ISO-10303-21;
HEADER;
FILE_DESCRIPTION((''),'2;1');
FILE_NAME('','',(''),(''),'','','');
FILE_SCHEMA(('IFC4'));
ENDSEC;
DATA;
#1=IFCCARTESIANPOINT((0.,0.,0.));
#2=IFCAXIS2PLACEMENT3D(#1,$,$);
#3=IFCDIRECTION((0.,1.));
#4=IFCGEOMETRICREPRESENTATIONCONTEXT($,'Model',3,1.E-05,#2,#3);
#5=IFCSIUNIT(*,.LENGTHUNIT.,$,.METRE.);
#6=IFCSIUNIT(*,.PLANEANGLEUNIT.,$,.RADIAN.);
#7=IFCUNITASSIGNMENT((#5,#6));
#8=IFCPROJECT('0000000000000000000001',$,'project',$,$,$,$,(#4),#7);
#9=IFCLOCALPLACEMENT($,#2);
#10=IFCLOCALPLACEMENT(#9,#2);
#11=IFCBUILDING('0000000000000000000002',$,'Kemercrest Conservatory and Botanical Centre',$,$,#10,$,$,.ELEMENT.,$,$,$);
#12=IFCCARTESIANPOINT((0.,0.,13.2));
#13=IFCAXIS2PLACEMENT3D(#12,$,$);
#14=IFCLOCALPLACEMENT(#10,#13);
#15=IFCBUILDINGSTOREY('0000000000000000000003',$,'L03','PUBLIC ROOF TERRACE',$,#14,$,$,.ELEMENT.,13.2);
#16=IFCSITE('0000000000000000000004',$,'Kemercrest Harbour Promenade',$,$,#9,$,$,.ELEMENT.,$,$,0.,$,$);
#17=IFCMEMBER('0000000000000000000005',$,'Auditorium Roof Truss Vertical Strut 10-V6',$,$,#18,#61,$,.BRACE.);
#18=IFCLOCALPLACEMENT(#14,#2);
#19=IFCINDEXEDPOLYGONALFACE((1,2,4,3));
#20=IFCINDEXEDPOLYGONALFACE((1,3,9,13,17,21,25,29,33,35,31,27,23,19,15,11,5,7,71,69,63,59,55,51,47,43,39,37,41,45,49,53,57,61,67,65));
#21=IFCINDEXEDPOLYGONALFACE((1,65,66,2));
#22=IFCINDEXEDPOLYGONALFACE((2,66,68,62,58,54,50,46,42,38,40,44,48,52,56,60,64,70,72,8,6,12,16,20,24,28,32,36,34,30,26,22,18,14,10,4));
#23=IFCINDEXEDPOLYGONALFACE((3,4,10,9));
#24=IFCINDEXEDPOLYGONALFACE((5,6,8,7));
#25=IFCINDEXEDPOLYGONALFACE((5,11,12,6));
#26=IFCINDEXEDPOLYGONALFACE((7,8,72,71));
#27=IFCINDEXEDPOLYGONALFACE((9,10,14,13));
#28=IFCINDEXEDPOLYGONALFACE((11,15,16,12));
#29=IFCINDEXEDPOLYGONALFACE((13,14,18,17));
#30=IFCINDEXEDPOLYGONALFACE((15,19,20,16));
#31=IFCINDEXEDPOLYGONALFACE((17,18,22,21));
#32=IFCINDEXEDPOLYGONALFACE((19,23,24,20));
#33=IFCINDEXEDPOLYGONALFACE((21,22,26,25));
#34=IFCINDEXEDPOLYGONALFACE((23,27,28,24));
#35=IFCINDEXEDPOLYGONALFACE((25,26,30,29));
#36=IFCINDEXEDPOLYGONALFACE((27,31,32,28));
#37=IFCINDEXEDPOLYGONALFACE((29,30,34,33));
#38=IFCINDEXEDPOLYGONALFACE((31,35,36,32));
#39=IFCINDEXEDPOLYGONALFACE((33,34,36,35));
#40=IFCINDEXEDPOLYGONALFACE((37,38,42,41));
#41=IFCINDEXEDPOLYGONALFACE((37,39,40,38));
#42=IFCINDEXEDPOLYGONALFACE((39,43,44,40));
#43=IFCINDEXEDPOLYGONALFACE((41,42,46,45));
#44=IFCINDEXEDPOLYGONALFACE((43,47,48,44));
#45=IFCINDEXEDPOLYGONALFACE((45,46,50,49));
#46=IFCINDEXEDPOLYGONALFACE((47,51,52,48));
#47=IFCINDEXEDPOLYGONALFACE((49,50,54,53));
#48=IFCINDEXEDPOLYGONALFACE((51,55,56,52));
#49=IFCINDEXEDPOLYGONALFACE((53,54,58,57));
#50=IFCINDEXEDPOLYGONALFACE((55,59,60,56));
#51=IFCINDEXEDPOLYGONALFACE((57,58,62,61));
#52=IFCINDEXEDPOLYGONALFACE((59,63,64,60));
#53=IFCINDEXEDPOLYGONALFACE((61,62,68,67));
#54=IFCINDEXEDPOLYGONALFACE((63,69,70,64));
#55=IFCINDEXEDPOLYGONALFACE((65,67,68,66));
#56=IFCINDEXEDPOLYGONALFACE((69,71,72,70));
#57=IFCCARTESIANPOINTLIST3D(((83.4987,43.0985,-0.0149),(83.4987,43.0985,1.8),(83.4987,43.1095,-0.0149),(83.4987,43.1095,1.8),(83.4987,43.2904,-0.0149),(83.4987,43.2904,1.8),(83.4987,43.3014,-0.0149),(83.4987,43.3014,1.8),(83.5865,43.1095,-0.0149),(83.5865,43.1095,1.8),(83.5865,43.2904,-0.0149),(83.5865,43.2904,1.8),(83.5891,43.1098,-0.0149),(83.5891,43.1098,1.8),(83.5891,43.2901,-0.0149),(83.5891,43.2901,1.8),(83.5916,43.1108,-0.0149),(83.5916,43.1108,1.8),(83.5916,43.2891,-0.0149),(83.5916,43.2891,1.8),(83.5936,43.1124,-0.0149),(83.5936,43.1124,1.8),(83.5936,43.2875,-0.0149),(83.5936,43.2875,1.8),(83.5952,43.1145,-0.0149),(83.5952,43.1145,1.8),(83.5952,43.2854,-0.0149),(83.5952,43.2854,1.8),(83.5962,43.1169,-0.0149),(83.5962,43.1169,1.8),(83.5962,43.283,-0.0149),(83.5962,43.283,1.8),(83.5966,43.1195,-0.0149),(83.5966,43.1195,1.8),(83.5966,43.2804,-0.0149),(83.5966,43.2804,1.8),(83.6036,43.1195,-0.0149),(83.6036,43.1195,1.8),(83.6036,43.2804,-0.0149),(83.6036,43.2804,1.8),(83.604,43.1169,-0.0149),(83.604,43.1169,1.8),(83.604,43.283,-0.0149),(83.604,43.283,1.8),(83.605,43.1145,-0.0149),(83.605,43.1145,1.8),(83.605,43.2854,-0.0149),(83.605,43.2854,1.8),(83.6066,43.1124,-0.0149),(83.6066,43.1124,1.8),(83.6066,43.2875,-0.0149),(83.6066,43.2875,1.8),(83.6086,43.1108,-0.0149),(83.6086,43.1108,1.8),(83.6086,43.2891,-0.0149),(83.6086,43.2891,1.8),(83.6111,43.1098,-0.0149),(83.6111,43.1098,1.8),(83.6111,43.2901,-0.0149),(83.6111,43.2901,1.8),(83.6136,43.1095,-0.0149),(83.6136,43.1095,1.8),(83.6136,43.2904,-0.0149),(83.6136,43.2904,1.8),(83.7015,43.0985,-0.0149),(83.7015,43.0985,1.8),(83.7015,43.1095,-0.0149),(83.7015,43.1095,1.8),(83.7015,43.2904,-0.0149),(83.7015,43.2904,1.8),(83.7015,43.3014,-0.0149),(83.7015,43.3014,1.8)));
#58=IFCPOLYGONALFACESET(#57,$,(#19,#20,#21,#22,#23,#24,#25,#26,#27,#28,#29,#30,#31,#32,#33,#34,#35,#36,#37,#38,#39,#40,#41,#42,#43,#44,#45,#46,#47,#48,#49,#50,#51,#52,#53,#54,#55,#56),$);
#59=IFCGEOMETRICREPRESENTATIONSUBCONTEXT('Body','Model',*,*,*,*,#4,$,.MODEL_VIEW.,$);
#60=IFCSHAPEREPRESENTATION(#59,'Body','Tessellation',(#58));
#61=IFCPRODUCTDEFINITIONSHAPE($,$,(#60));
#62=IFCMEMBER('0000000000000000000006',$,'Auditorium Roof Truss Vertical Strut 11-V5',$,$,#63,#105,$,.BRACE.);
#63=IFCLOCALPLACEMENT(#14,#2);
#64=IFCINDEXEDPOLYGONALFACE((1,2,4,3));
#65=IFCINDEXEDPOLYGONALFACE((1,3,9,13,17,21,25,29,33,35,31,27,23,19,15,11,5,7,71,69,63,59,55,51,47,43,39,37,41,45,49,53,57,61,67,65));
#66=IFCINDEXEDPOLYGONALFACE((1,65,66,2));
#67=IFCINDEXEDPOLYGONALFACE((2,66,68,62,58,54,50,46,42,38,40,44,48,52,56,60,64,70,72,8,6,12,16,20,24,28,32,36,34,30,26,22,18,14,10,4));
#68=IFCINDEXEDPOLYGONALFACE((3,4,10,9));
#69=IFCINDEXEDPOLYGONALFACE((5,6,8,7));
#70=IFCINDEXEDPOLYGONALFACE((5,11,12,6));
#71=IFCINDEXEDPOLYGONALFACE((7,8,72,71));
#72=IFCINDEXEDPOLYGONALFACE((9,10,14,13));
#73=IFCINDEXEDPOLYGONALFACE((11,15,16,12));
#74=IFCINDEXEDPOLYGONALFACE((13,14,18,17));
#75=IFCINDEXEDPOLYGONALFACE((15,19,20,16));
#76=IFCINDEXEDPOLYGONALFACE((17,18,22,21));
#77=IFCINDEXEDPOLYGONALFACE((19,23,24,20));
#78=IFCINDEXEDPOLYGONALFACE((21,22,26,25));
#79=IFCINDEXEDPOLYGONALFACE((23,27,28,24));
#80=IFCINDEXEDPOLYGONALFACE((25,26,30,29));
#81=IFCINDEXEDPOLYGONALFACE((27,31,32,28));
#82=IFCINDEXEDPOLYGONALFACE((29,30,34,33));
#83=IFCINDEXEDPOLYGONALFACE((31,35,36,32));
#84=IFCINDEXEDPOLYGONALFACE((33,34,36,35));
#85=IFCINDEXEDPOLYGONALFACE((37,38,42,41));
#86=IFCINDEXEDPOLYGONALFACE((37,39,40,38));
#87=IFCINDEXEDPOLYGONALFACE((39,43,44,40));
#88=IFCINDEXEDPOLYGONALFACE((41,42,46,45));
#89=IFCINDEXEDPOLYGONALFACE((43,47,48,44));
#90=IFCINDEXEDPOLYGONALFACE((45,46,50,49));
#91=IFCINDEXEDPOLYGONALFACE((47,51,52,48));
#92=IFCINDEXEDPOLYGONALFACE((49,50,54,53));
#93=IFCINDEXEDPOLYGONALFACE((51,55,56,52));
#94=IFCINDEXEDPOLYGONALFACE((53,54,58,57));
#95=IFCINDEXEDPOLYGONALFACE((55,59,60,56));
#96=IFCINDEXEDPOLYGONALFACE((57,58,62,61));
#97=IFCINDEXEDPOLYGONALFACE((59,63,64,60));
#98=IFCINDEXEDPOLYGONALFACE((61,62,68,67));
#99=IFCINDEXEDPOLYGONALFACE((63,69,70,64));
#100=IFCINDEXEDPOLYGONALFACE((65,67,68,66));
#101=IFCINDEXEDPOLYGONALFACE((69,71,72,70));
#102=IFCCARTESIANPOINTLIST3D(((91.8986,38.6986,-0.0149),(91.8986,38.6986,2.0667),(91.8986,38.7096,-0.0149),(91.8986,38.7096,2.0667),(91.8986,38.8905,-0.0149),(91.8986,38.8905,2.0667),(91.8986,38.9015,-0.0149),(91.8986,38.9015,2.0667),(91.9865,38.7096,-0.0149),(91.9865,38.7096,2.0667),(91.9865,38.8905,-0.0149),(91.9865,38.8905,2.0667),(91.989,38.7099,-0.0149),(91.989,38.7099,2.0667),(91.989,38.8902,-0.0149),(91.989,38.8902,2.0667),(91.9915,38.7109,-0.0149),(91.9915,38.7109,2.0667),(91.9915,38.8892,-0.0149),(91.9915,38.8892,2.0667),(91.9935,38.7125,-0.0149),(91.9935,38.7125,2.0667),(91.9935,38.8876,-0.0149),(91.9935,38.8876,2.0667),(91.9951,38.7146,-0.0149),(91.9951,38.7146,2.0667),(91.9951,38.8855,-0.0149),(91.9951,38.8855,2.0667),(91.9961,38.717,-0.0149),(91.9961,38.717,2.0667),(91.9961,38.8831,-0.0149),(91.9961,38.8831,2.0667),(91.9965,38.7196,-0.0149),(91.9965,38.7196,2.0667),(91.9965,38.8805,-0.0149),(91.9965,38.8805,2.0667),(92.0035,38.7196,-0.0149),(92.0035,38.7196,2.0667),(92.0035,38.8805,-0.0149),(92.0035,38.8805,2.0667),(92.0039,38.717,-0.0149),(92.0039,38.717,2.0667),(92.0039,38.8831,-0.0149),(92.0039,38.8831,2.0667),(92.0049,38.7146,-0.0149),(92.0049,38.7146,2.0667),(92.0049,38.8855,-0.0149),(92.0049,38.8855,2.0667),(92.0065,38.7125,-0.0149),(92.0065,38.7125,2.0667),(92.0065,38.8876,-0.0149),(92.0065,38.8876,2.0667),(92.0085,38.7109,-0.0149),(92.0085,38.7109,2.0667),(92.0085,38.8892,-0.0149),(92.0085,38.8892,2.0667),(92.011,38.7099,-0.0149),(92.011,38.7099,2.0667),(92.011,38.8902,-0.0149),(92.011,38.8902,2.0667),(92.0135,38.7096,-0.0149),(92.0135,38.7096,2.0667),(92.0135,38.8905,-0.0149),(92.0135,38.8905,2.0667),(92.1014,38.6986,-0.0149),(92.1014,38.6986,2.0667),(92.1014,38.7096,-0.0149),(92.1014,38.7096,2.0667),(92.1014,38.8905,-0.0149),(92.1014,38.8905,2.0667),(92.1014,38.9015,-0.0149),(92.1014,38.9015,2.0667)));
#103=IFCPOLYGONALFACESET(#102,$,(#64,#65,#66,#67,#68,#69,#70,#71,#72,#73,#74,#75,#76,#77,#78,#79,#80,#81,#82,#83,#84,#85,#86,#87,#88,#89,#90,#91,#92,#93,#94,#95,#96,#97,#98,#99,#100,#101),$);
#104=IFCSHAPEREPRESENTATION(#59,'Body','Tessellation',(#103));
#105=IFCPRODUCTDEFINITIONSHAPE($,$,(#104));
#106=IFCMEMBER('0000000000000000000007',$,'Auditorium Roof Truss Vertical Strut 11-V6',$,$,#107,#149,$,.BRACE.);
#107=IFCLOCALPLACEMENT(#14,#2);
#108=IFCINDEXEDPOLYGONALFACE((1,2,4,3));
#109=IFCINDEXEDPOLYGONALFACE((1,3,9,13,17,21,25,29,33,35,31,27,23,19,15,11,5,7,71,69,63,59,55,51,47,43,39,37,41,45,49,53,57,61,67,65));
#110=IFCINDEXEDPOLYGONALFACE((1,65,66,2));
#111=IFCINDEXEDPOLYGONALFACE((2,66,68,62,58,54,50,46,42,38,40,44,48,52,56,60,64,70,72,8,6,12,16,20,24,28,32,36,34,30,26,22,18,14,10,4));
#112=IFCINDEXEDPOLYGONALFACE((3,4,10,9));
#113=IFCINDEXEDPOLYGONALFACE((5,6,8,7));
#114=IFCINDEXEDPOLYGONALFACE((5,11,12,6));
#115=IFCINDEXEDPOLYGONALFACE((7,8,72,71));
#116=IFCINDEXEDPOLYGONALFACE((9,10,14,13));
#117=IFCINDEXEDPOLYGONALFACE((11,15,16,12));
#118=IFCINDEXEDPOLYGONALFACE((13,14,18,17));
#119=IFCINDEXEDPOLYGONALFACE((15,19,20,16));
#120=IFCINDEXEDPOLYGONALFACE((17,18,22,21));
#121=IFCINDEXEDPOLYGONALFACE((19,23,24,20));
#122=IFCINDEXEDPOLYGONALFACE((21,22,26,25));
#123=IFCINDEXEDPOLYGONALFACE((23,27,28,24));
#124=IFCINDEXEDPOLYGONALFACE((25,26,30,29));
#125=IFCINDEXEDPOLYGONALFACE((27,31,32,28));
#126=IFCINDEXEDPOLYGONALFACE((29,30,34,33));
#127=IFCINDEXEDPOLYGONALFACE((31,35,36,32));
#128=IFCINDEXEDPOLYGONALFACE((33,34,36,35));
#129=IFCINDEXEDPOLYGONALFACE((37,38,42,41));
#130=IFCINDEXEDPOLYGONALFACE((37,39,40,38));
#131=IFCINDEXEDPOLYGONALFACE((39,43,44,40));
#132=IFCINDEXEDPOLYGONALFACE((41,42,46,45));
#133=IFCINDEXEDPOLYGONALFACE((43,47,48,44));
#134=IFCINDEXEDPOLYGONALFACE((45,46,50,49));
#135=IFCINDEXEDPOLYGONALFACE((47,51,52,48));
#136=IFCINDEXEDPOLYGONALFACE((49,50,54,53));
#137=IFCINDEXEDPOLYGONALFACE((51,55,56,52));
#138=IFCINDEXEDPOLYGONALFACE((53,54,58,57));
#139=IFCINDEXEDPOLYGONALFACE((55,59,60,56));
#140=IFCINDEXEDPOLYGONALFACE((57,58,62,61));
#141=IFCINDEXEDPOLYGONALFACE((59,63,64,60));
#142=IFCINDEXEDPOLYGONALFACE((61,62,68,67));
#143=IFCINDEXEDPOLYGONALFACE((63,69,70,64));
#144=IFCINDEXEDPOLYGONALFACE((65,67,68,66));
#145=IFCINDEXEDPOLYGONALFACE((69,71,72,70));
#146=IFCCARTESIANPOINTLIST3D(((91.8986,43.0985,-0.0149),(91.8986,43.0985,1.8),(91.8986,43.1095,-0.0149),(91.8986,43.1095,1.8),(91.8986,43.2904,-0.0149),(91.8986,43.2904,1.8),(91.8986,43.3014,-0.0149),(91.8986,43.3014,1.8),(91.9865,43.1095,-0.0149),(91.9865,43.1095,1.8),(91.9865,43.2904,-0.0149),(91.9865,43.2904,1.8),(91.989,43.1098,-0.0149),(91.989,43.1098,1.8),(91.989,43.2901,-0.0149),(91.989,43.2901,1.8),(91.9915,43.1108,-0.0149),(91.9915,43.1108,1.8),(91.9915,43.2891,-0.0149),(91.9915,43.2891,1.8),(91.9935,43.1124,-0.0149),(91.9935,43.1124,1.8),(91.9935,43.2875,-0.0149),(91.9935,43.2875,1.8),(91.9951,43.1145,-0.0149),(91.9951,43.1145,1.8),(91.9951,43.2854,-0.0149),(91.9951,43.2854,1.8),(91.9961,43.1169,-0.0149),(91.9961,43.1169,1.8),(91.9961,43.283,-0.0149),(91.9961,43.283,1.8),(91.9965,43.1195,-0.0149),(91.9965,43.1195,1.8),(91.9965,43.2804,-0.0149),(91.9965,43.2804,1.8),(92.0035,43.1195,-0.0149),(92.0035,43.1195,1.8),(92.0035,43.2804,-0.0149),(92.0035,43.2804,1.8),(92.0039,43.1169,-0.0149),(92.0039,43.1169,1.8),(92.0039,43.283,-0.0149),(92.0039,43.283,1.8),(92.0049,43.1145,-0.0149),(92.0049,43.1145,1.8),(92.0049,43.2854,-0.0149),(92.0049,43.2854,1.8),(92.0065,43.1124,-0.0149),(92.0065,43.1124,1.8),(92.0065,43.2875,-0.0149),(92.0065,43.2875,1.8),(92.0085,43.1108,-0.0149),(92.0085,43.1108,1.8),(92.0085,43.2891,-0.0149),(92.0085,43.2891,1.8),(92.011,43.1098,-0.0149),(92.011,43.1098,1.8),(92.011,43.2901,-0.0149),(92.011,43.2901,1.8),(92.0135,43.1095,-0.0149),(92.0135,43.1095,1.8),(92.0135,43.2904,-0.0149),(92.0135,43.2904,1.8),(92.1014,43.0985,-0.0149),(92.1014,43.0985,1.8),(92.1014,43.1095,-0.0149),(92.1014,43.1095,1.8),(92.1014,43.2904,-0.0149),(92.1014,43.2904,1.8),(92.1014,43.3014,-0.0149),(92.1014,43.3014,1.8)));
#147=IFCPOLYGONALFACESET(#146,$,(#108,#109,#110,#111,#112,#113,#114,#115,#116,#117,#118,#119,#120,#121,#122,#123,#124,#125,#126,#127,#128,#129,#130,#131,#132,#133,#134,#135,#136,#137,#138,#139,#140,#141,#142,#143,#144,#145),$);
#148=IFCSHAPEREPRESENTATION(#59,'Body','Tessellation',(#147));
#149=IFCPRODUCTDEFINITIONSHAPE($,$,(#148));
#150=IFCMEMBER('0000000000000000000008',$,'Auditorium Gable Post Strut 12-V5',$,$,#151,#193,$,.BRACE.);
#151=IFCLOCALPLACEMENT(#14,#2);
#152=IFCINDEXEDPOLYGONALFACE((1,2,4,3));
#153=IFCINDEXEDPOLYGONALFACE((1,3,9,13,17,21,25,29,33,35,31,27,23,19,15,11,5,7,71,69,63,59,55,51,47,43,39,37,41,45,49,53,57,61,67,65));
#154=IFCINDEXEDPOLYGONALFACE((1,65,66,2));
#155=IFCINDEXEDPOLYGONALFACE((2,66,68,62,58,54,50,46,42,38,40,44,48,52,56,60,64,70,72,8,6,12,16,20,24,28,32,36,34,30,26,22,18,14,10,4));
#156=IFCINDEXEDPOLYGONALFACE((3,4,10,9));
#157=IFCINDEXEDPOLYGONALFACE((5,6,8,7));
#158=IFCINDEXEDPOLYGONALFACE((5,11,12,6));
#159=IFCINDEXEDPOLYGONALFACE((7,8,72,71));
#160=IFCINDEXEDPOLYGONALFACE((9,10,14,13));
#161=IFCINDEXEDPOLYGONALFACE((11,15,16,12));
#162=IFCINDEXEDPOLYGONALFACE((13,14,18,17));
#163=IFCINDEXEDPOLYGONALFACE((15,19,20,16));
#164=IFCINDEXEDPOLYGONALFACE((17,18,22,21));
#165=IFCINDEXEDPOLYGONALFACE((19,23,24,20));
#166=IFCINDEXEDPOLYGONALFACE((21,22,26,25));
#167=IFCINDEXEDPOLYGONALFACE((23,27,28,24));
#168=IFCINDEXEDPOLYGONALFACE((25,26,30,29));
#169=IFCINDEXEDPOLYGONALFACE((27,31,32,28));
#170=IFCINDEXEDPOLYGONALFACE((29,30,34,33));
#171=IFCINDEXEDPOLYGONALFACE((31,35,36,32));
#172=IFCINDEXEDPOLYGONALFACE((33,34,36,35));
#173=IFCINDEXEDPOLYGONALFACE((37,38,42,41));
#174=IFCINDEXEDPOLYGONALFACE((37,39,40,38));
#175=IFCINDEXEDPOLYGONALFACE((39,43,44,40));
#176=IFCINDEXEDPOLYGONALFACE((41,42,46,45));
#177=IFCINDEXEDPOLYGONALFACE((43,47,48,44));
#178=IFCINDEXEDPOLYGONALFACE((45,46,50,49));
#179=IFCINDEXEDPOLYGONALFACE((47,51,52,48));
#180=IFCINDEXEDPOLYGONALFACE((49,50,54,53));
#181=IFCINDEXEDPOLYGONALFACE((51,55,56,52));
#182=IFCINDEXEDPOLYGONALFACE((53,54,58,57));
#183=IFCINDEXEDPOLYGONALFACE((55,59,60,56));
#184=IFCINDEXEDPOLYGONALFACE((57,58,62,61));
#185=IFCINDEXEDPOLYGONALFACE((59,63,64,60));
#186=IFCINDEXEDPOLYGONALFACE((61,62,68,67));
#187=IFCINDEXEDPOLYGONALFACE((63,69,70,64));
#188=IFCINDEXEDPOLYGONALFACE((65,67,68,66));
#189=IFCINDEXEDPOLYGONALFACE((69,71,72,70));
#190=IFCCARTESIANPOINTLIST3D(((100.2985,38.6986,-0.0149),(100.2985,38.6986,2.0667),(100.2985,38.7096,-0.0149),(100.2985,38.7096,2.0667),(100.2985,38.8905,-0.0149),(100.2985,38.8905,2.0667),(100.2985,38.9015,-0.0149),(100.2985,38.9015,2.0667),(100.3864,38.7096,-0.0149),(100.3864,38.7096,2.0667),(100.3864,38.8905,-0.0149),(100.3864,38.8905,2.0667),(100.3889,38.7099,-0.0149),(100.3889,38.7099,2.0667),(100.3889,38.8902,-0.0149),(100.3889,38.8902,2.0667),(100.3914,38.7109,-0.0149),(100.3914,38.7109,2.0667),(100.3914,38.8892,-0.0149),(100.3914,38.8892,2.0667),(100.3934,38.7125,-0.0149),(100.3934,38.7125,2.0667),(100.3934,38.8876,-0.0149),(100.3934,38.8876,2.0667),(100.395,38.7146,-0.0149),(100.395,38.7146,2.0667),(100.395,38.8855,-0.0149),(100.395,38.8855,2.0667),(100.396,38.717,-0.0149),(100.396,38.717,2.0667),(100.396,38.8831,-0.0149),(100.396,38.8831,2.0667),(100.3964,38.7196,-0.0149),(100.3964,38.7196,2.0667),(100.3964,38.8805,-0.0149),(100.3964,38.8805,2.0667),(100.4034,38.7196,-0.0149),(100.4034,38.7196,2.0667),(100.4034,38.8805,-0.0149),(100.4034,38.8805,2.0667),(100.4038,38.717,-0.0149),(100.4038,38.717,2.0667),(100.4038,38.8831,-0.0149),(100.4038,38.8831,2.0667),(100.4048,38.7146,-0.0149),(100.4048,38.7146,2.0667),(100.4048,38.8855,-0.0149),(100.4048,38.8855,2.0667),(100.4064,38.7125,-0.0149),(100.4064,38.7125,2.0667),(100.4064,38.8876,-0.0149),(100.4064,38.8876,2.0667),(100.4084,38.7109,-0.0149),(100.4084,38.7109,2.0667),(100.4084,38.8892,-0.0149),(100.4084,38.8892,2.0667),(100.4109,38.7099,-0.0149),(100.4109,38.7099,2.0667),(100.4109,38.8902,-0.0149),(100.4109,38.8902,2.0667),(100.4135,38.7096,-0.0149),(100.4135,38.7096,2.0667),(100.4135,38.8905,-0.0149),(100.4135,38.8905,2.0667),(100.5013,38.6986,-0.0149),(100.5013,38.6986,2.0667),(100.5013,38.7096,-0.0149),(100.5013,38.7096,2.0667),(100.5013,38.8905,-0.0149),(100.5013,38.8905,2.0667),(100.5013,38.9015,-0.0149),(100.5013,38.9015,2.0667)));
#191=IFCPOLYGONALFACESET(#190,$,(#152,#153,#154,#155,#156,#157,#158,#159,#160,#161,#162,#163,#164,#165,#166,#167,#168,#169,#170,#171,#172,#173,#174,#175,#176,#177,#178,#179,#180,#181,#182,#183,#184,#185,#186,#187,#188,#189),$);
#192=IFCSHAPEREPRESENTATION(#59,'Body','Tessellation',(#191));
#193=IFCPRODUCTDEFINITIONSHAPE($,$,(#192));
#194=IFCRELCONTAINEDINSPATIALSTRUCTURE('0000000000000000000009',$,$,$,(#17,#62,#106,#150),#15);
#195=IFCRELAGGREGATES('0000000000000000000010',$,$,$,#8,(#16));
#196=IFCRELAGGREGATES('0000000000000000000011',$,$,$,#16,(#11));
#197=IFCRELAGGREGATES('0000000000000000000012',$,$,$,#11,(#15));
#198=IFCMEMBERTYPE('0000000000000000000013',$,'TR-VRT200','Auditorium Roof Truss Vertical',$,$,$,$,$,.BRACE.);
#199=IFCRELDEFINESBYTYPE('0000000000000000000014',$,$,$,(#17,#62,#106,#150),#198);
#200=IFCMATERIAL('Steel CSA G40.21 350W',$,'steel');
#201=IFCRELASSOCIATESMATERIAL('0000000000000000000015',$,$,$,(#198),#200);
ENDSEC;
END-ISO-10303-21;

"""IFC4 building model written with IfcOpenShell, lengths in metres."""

from ifc_helpers import new_model, si_unit, direction, frame, origin, origin_2d, place, context, subcontext, project, spatial, i_section, extrude, material, material_profile, profile_set, type_object, element, save


model = new_model("IFC4")

# Units and contexts
model_context = context("Model", 3, precision=1e-05, world=origin(), true_north=direction((0.0, 1.0)))
body_context = subcontext(model_context, "Body", "Model", "MODEL_VIEW")
ifc_project = project(units=[si_unit("LENGTHUNIT", "METRE"), si_unit("PLANEANGLEUNIT", "RADIAN")], contexts=[model_context])

# Site, building, storey
site_placement = place(None, origin())
site = spatial("IfcSite", under=ifc_project, at=site_placement, Name="Kemercrest Harbour Promenade", CompositionType="ELEMENT", RefElevation=0.0)
building_placement = place(site_placement, origin())
building = spatial("IfcBuilding", under=site, at=building_placement, Name="Kemercrest Conservatory and Botanical Centre", CompositionType="ELEMENT")
storey_placement = place(building_placement, frame((0.0, 0.0, 13.2)))
storey = spatial("IfcBuildingStorey", under=building, at=storey_placement, Name="L03", Description="PUBLIC ROOF TERRACE", CompositionType="ELEMENT", Elevation=13.2)

# Shared definitions
ifc_material_1 = material(Name="Steel CSA G40.21 350W", Category="steel")

# Members
ifc_material_profile_1 = material_profile(ifc_material_1, i_section(OverallWidth=0.2029, OverallDepth=0.2029, WebThickness=0.0071, FlangeThickness=0.011, FilletRadius=0.01, at=origin_2d()), Name="W200X46")
ifc_profile_set_1 = profile_set([ifc_material_profile_1], Name="Steel CSA G40.21 350W")
member_type_1 = type_object("IfcMemberType", Name="TR-VRT200", Description="Auditorium Roof Truss Vertical", PredefinedType="BRACE", material=ifc_profile_set_1)
member_1_placement = place(storey_placement, frame((83.6001, 43.2, -0.0149), z_axis=(0.0, 0.0, 1.0), x_axis=(1.0, 0.0, 0.0)))
element("IfcMember", 1, at=member_1_placement, inside=storey, type_object=member_type_1, Name="Auditorium Roof Truss Vertical Strut 10-V6", PredefinedType="BRACE", context=body_context, shape_type="SweptSolid", body=[
    extrude(i_section(OverallWidth=0.2029, OverallDepth=0.2029, WebThickness=0.0071, FlangeThickness=0.011, FilletRadius=0.01, at=origin_2d()), origin(), (0.0, 0.0, 1.0), 1.8149),
])
member_2_placement = place(storey_placement, frame((92.0, 38.8, -0.0149), z_axis=(0.0, 0.0, 1.0), x_axis=(1.0, 0.0, 0.0)))
element("IfcMember", 2, at=member_2_placement, inside=storey, type_object=member_type_1, Name="Auditorium Roof Truss Vertical Strut 11-V5", PredefinedType="BRACE", context=body_context, shape_type="SweptSolid", body=[
    extrude(i_section(OverallWidth=0.2029, OverallDepth=0.2029, WebThickness=0.0071, FlangeThickness=0.011, FilletRadius=0.01, at=origin_2d()), origin(), (0.0, 0.0, 1.0), 2.0815),
])
member_3_placement = place(storey_placement, frame((92.0, 43.2, -0.0149), z_axis=(0.0, 0.0, 1.0), x_axis=(1.0, 0.0, 0.0)))
element("IfcMember", 3, at=member_3_placement, inside=storey, type_object=member_type_1, Name="Auditorium Roof Truss Vertical Strut 11-V6", PredefinedType="BRACE", context=body_context, shape_type="SweptSolid", body=[
    extrude(i_section(OverallWidth=0.2029, OverallDepth=0.2029, WebThickness=0.0071, FlangeThickness=0.011, FilletRadius=0.01, at=origin_2d()), origin(), (0.0, 0.0, 1.0), 1.8149),
])
member_4_placement = place(storey_placement, frame((100.3999, 38.8, -0.0149), z_axis=(0.0, 0.0, 1.0), x_axis=(1.0, 0.0, 0.0)))
element("IfcMember", 4, at=member_4_placement, inside=storey, type_object=member_type_1, Name="Auditorium Gable Post Strut 12-V5", PredefinedType="BRACE", context=body_context, shape_type="SweptSolid", body=[
    extrude(i_section(OverallWidth=0.2029, OverallDepth=0.2029, WebThickness=0.0071, FlangeThickness=0.011, FilletRadius=0.01, at=origin_2d()), origin(), (0.0, 0.0, 1.0), 2.0815),
])

save(model, "model.ifc")
